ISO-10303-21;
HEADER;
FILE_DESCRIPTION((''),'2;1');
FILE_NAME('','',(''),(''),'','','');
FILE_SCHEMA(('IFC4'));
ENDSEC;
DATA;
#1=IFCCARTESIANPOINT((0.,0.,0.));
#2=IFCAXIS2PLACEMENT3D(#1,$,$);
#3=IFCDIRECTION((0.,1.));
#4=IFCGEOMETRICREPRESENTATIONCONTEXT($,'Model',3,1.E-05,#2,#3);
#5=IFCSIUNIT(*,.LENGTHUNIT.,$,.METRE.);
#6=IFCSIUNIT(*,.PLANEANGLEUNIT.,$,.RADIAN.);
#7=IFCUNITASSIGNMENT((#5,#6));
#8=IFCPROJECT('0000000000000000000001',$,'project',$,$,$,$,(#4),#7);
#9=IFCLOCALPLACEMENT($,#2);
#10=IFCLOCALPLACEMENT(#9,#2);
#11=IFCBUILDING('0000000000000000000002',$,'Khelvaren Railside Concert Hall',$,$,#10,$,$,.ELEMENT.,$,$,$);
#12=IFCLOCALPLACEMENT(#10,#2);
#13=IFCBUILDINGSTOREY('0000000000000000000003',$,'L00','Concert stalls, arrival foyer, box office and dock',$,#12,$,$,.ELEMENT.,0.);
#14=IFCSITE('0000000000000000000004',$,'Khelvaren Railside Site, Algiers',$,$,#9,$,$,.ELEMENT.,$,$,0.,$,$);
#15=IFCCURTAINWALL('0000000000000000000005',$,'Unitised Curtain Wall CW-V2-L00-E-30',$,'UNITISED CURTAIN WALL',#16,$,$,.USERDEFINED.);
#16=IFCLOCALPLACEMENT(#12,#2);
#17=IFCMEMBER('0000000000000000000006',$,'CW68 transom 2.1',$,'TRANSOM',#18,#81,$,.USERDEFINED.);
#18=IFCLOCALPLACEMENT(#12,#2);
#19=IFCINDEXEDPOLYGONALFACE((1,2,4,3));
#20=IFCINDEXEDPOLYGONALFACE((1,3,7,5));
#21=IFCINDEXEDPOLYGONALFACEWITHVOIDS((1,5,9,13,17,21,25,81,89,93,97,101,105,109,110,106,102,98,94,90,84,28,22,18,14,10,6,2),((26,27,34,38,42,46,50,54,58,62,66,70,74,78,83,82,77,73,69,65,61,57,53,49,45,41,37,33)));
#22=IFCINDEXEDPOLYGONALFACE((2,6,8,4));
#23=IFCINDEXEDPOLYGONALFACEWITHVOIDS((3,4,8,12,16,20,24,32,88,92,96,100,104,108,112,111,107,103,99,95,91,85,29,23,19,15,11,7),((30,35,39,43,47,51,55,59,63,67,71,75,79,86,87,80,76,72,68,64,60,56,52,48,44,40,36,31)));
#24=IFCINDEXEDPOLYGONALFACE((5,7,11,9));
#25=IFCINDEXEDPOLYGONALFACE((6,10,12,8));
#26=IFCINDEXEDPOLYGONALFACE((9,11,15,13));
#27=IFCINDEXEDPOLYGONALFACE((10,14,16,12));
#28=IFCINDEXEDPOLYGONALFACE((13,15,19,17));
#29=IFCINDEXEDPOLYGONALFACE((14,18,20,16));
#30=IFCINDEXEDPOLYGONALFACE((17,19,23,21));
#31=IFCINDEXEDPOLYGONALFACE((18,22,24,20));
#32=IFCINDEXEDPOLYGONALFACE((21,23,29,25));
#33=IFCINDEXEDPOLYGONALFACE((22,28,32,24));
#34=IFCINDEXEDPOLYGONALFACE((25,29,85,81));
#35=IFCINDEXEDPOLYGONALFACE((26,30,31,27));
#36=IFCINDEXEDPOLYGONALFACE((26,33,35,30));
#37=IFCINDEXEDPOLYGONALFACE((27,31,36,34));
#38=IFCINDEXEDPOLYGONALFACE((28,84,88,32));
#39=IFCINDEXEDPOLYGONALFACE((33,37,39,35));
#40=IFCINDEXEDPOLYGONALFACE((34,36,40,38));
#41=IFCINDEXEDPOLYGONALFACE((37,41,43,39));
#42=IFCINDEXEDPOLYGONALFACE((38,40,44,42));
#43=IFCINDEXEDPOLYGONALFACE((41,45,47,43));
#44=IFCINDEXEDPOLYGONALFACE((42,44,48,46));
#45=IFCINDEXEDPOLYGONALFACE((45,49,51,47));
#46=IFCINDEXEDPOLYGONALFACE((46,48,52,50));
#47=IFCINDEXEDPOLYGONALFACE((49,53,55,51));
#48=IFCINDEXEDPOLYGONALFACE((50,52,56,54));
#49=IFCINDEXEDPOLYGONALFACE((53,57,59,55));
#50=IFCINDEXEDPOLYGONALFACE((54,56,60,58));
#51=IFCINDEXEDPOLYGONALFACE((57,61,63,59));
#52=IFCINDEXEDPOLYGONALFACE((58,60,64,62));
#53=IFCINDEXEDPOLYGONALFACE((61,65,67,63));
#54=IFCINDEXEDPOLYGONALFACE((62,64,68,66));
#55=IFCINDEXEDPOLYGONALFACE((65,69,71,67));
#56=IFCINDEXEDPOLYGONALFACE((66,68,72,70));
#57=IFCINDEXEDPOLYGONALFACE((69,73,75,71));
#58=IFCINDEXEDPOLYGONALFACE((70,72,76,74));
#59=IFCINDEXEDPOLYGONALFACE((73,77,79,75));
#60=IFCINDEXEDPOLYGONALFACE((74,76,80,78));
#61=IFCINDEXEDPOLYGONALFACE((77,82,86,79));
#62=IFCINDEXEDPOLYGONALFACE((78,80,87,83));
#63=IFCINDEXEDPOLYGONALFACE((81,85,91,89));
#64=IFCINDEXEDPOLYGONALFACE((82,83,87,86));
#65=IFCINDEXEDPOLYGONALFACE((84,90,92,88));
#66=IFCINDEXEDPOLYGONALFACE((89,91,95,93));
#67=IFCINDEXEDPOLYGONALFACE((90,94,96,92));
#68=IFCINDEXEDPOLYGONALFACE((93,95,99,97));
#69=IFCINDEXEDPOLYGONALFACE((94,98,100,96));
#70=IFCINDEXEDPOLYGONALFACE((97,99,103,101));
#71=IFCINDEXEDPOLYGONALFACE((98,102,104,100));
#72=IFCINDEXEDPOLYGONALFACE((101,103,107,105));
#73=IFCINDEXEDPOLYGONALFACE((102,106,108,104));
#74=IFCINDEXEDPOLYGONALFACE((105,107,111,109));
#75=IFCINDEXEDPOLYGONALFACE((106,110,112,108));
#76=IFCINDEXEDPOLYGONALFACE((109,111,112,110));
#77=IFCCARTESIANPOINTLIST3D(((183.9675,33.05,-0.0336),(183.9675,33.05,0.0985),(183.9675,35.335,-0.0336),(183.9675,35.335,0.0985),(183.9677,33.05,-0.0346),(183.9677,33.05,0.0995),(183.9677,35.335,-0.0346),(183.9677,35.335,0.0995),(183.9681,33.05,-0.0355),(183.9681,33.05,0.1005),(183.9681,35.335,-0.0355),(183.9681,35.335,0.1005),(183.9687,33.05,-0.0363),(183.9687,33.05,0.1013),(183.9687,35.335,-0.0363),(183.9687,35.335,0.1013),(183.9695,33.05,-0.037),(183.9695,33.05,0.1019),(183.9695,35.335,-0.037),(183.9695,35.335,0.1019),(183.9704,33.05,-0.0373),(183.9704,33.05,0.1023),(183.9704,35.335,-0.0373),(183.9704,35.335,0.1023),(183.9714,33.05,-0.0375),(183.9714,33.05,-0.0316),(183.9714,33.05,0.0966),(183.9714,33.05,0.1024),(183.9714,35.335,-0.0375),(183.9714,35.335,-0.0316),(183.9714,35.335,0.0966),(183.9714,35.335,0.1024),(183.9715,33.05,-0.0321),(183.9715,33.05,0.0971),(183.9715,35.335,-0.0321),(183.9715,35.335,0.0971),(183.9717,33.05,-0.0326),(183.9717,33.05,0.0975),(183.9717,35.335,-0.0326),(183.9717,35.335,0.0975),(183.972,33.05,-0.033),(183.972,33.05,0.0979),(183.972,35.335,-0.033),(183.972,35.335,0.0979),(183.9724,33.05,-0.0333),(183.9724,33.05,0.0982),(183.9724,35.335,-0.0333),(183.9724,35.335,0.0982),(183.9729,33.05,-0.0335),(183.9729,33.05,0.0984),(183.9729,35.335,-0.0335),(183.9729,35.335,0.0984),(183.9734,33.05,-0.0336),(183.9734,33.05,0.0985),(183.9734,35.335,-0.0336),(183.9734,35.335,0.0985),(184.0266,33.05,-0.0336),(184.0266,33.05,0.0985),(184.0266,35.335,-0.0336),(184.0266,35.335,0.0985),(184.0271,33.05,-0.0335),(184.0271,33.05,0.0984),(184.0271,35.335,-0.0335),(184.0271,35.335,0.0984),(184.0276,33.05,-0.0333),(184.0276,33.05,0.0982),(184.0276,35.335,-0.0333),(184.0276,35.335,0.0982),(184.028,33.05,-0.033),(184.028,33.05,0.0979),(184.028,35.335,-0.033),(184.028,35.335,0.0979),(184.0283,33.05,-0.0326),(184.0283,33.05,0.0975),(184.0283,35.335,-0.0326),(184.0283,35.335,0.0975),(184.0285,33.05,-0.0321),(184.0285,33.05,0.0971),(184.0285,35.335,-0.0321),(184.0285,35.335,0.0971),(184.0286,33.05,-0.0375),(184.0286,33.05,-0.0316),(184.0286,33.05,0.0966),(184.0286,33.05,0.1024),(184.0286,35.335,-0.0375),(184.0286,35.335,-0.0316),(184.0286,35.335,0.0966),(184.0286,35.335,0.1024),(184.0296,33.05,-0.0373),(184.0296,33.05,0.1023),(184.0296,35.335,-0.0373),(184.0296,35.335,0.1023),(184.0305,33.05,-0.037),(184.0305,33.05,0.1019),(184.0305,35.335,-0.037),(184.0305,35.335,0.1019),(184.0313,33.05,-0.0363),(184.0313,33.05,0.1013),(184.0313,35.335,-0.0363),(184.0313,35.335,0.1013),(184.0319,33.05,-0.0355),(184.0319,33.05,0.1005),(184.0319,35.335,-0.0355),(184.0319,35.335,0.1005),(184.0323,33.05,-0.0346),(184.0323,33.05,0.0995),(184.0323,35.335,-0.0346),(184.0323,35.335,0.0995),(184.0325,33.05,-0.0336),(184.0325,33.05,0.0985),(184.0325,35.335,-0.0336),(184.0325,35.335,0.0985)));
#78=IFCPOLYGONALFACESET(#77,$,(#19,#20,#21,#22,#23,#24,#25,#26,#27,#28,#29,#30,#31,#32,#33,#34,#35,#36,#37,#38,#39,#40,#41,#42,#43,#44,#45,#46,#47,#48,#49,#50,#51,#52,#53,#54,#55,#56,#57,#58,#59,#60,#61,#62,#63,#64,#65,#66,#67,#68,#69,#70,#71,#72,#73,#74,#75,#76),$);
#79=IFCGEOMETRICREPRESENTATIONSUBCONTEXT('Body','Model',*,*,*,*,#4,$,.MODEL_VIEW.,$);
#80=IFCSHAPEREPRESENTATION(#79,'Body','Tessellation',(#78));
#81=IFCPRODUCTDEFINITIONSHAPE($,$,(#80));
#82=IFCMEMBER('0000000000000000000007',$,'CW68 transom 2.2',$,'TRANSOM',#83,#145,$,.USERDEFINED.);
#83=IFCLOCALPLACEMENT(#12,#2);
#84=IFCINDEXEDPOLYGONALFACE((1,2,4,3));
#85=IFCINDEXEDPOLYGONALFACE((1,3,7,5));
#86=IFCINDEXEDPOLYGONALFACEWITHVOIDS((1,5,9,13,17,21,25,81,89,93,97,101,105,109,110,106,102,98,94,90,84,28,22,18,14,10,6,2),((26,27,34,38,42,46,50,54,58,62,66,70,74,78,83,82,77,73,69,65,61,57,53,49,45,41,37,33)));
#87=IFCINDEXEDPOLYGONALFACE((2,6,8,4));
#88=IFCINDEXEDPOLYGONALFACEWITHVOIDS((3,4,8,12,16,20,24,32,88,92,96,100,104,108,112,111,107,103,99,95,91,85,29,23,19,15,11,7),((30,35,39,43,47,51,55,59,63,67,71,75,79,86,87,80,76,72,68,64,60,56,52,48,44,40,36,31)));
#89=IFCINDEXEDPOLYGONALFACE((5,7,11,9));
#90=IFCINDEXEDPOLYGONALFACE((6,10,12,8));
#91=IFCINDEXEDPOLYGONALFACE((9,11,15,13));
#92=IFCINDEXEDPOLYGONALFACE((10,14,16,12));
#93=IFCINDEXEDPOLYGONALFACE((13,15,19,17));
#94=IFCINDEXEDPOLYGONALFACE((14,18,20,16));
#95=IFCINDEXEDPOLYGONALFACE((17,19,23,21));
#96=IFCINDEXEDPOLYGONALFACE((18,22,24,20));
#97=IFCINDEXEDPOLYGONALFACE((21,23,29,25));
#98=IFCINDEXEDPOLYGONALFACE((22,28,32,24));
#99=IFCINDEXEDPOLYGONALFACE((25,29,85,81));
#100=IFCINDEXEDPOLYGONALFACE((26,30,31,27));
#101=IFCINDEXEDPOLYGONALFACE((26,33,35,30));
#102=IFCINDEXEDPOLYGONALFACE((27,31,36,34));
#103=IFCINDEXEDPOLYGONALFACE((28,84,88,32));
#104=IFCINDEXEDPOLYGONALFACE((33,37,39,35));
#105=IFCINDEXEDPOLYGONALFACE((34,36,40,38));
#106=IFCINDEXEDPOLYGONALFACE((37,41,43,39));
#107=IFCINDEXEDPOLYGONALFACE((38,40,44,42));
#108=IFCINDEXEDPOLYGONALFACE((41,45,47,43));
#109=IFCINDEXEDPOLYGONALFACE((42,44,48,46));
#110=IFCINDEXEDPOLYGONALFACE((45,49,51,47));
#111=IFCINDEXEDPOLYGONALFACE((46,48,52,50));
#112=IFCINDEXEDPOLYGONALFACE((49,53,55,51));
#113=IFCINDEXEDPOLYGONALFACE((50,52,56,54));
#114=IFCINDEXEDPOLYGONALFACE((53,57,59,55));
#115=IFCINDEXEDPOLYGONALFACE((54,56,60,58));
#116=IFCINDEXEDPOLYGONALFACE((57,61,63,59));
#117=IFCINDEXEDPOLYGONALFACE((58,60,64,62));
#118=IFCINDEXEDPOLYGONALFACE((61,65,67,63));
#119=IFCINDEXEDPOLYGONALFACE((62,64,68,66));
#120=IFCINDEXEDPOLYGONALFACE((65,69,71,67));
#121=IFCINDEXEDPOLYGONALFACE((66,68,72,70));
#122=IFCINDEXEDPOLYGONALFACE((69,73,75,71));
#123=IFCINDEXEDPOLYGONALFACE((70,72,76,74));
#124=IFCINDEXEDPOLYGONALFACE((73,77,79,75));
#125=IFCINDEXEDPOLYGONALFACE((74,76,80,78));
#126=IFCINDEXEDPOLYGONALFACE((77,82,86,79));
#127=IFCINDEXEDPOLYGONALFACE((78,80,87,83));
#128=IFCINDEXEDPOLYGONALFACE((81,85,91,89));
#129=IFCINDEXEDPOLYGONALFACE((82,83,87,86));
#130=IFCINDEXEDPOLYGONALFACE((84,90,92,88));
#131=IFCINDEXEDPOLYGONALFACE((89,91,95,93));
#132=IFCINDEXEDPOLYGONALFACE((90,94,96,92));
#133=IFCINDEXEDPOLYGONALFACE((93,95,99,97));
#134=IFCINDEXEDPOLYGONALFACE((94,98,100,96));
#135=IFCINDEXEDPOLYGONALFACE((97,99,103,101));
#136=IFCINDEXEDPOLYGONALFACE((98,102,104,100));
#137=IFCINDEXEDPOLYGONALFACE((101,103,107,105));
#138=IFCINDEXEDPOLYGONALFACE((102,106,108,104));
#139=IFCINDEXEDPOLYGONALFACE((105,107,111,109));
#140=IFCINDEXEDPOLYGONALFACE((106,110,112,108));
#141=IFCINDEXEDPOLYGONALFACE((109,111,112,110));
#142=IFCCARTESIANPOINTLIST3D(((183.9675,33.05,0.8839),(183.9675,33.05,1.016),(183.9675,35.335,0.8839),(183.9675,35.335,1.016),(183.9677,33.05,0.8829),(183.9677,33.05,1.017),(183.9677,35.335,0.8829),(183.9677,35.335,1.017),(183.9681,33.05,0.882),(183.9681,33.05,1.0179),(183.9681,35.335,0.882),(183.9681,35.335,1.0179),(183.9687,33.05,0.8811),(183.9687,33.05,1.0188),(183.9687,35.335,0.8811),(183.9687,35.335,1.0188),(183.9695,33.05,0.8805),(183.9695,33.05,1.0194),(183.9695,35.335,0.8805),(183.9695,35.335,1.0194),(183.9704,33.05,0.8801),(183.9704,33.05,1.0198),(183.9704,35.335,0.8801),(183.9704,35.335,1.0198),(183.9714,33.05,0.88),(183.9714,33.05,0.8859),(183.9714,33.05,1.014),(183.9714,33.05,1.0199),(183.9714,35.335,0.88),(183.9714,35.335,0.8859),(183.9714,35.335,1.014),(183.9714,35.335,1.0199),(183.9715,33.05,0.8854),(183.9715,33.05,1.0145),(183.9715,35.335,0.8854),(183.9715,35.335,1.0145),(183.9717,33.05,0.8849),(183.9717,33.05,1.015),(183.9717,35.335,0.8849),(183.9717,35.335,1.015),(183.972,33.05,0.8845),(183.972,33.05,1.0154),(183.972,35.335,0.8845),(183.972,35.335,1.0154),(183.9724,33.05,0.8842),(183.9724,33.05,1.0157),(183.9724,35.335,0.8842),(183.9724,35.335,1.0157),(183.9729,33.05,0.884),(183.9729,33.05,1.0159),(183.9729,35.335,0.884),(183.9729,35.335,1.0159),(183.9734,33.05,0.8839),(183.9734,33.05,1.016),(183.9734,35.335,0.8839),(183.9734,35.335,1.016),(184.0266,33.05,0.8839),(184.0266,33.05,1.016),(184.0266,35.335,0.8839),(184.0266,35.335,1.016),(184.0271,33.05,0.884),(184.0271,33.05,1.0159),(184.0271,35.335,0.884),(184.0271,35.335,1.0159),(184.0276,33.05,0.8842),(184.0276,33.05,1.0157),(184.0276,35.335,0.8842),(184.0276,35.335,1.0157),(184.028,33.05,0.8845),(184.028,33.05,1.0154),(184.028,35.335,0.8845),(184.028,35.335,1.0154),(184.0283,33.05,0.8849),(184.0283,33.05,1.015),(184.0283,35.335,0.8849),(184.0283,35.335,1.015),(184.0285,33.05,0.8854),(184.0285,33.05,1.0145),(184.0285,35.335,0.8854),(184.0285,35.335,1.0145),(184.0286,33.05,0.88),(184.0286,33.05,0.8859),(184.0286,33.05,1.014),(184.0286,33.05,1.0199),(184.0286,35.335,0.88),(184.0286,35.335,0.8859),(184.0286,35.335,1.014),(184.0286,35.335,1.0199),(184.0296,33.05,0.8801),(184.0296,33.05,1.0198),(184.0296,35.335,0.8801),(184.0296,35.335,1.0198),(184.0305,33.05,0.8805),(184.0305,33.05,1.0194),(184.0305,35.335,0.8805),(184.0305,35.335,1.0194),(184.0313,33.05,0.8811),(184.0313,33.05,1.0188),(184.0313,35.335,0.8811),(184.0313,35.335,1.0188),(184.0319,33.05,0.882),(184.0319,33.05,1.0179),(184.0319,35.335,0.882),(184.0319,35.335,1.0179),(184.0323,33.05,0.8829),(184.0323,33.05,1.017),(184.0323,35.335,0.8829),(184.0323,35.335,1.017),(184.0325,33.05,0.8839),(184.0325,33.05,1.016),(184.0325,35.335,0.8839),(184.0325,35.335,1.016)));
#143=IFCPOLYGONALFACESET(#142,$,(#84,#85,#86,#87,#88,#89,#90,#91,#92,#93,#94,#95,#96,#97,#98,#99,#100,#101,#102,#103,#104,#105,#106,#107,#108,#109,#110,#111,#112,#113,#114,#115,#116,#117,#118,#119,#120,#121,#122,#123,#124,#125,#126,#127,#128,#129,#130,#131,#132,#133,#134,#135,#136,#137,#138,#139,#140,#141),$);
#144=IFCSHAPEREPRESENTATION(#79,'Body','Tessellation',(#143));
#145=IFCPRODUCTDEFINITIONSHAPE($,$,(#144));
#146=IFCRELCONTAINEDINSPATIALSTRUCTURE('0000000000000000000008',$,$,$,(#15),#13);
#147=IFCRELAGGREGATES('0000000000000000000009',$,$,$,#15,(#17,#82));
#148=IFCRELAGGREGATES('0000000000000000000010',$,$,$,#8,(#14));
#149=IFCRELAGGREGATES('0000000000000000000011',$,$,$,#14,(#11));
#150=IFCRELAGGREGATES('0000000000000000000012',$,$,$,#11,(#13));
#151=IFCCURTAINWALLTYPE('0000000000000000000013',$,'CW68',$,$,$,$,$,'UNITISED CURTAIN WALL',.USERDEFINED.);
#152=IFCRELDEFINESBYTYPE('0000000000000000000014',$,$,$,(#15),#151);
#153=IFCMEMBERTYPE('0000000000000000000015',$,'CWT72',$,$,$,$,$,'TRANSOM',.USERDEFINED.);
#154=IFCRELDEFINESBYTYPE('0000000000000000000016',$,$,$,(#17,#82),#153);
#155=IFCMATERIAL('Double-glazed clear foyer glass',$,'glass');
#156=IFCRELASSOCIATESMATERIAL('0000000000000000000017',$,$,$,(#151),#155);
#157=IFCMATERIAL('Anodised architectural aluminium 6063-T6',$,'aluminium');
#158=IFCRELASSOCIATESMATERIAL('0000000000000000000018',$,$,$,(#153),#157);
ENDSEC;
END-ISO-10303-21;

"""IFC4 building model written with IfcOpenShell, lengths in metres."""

from ifc_helpers import new_model, si_unit, direction, frame, origin, origin_2d, place, context, subcontext, project, spatial, hollow_rectangle, extrude, material, material_profile, profile_set, type_object, element, aggregate, save


model = new_model("IFC4")

# Units and contexts
model_context = context("Model", 3, precision=1e-05, world=origin(), true_north=direction((0.0, 1.0)))
body_context = subcontext(model_context, "Body", "Model", "MODEL_VIEW")
ifc_project = project(units=[si_unit("LENGTHUNIT", "METRE"), si_unit("PLANEANGLEUNIT", "RADIAN")], contexts=[model_context])

# Site, building, storey
site_placement = place(None, origin())
site = spatial("IfcSite", under=ifc_project, at=site_placement, Name="Khelvaren Railside Site, Algiers", CompositionType="ELEMENT", RefElevation=0.0)
building_placement = place(site_placement, origin())
building = spatial("IfcBuilding", under=site, at=building_placement, Name="Khelvaren Railside Concert Hall", CompositionType="ELEMENT")
storey_placement = place(building_placement, origin())
storey = spatial("IfcBuildingStorey", under=building, at=storey_placement, Name="L00", Description="Concert stalls, arrival foyer, box office and dock", CompositionType="ELEMENT", Elevation=0.0)

# Curtain wall
ifc_material_1 = material(Name="Double-glazed clear foyer glass", Category="glass")
curtain_wall_type_1 = type_object("IfcCurtainWallType", Name="CW68", ElementType="UNITISED CURTAIN WALL", PredefinedType="USERDEFINED", material=ifc_material_1)
curtain_wall_1_placement = place(storey_placement, origin())
curtain_wall_1 = element("IfcCurtainWall", 1, at=curtain_wall_1_placement, inside=storey, type_object=curtain_wall_type_1, Name="Unitised Curtain Wall CW-V2-L00-E-30", ObjectType="UNITISED CURTAIN WALL", PredefinedType="USERDEFINED")
ifc_material_2 = material(Name="Anodised architectural aluminium 6063-T6", Category="aluminium")
ifc_material_profile_1 = material_profile(ifc_material_2, hollow_rectangle(XDim=0.0649, YDim=0.1399, WallThickness=0.0039, InnerFilletRadius=0.002, OuterFilletRadius=0.0039, at=origin_2d()), Name="CWT 65x140x4")
ifc_profile_set_1 = profile_set([ifc_material_profile_1], Name="Anodised architectural aluminium 6063-T6")
member_type_1 = type_object("IfcMemberType", Name="CWT72", ElementType="TRANSOM", PredefinedType="USERDEFINED", material=ifc_profile_set_1)

# Members
member_1_placement = place(storey_placement, frame((184.0, 35.335, 0.0325), z_axis=(0.0, -1.0, 0.0), x_axis=(1.0, 0.0, 0.0)))
member_1 = element("IfcMember", 2, at=member_1_placement, type_object=member_type_1, Name="CW68 transom 2.1", ObjectType="TRANSOM", PredefinedType="USERDEFINED", context=body_context, shape_type="SweptSolid", body=[
    extrude(hollow_rectangle(XDim=0.0649, YDim=0.1399, WallThickness=0.0039, InnerFilletRadius=0.002, OuterFilletRadius=0.0039, at=origin_2d()), origin(), (0.0, 0.0, 1.0), 2.2849),
])
member_2_placement = place(storey_placement, frame((184.0, 35.335, 0.95), z_axis=(0.0, -1.0, 0.0), x_axis=(1.0, 0.0, 0.0)))
member_2 = element("IfcMember", 3, at=member_2_placement, type_object=member_type_1, Name="CW68 transom 2.2", ObjectType="TRANSOM", PredefinedType="USERDEFINED", context=body_context, shape_type="SweptSolid", body=[
    extrude(hollow_rectangle(XDim=0.0649, YDim=0.1399, WallThickness=0.0039, InnerFilletRadius=0.002, OuterFilletRadius=0.0039, at=origin_2d()), origin(), (0.0, 0.0, 1.0), 2.2849),
])

aggregate(curtain_wall_1, [member_1, member_2])

save(model, "model.ifc")
